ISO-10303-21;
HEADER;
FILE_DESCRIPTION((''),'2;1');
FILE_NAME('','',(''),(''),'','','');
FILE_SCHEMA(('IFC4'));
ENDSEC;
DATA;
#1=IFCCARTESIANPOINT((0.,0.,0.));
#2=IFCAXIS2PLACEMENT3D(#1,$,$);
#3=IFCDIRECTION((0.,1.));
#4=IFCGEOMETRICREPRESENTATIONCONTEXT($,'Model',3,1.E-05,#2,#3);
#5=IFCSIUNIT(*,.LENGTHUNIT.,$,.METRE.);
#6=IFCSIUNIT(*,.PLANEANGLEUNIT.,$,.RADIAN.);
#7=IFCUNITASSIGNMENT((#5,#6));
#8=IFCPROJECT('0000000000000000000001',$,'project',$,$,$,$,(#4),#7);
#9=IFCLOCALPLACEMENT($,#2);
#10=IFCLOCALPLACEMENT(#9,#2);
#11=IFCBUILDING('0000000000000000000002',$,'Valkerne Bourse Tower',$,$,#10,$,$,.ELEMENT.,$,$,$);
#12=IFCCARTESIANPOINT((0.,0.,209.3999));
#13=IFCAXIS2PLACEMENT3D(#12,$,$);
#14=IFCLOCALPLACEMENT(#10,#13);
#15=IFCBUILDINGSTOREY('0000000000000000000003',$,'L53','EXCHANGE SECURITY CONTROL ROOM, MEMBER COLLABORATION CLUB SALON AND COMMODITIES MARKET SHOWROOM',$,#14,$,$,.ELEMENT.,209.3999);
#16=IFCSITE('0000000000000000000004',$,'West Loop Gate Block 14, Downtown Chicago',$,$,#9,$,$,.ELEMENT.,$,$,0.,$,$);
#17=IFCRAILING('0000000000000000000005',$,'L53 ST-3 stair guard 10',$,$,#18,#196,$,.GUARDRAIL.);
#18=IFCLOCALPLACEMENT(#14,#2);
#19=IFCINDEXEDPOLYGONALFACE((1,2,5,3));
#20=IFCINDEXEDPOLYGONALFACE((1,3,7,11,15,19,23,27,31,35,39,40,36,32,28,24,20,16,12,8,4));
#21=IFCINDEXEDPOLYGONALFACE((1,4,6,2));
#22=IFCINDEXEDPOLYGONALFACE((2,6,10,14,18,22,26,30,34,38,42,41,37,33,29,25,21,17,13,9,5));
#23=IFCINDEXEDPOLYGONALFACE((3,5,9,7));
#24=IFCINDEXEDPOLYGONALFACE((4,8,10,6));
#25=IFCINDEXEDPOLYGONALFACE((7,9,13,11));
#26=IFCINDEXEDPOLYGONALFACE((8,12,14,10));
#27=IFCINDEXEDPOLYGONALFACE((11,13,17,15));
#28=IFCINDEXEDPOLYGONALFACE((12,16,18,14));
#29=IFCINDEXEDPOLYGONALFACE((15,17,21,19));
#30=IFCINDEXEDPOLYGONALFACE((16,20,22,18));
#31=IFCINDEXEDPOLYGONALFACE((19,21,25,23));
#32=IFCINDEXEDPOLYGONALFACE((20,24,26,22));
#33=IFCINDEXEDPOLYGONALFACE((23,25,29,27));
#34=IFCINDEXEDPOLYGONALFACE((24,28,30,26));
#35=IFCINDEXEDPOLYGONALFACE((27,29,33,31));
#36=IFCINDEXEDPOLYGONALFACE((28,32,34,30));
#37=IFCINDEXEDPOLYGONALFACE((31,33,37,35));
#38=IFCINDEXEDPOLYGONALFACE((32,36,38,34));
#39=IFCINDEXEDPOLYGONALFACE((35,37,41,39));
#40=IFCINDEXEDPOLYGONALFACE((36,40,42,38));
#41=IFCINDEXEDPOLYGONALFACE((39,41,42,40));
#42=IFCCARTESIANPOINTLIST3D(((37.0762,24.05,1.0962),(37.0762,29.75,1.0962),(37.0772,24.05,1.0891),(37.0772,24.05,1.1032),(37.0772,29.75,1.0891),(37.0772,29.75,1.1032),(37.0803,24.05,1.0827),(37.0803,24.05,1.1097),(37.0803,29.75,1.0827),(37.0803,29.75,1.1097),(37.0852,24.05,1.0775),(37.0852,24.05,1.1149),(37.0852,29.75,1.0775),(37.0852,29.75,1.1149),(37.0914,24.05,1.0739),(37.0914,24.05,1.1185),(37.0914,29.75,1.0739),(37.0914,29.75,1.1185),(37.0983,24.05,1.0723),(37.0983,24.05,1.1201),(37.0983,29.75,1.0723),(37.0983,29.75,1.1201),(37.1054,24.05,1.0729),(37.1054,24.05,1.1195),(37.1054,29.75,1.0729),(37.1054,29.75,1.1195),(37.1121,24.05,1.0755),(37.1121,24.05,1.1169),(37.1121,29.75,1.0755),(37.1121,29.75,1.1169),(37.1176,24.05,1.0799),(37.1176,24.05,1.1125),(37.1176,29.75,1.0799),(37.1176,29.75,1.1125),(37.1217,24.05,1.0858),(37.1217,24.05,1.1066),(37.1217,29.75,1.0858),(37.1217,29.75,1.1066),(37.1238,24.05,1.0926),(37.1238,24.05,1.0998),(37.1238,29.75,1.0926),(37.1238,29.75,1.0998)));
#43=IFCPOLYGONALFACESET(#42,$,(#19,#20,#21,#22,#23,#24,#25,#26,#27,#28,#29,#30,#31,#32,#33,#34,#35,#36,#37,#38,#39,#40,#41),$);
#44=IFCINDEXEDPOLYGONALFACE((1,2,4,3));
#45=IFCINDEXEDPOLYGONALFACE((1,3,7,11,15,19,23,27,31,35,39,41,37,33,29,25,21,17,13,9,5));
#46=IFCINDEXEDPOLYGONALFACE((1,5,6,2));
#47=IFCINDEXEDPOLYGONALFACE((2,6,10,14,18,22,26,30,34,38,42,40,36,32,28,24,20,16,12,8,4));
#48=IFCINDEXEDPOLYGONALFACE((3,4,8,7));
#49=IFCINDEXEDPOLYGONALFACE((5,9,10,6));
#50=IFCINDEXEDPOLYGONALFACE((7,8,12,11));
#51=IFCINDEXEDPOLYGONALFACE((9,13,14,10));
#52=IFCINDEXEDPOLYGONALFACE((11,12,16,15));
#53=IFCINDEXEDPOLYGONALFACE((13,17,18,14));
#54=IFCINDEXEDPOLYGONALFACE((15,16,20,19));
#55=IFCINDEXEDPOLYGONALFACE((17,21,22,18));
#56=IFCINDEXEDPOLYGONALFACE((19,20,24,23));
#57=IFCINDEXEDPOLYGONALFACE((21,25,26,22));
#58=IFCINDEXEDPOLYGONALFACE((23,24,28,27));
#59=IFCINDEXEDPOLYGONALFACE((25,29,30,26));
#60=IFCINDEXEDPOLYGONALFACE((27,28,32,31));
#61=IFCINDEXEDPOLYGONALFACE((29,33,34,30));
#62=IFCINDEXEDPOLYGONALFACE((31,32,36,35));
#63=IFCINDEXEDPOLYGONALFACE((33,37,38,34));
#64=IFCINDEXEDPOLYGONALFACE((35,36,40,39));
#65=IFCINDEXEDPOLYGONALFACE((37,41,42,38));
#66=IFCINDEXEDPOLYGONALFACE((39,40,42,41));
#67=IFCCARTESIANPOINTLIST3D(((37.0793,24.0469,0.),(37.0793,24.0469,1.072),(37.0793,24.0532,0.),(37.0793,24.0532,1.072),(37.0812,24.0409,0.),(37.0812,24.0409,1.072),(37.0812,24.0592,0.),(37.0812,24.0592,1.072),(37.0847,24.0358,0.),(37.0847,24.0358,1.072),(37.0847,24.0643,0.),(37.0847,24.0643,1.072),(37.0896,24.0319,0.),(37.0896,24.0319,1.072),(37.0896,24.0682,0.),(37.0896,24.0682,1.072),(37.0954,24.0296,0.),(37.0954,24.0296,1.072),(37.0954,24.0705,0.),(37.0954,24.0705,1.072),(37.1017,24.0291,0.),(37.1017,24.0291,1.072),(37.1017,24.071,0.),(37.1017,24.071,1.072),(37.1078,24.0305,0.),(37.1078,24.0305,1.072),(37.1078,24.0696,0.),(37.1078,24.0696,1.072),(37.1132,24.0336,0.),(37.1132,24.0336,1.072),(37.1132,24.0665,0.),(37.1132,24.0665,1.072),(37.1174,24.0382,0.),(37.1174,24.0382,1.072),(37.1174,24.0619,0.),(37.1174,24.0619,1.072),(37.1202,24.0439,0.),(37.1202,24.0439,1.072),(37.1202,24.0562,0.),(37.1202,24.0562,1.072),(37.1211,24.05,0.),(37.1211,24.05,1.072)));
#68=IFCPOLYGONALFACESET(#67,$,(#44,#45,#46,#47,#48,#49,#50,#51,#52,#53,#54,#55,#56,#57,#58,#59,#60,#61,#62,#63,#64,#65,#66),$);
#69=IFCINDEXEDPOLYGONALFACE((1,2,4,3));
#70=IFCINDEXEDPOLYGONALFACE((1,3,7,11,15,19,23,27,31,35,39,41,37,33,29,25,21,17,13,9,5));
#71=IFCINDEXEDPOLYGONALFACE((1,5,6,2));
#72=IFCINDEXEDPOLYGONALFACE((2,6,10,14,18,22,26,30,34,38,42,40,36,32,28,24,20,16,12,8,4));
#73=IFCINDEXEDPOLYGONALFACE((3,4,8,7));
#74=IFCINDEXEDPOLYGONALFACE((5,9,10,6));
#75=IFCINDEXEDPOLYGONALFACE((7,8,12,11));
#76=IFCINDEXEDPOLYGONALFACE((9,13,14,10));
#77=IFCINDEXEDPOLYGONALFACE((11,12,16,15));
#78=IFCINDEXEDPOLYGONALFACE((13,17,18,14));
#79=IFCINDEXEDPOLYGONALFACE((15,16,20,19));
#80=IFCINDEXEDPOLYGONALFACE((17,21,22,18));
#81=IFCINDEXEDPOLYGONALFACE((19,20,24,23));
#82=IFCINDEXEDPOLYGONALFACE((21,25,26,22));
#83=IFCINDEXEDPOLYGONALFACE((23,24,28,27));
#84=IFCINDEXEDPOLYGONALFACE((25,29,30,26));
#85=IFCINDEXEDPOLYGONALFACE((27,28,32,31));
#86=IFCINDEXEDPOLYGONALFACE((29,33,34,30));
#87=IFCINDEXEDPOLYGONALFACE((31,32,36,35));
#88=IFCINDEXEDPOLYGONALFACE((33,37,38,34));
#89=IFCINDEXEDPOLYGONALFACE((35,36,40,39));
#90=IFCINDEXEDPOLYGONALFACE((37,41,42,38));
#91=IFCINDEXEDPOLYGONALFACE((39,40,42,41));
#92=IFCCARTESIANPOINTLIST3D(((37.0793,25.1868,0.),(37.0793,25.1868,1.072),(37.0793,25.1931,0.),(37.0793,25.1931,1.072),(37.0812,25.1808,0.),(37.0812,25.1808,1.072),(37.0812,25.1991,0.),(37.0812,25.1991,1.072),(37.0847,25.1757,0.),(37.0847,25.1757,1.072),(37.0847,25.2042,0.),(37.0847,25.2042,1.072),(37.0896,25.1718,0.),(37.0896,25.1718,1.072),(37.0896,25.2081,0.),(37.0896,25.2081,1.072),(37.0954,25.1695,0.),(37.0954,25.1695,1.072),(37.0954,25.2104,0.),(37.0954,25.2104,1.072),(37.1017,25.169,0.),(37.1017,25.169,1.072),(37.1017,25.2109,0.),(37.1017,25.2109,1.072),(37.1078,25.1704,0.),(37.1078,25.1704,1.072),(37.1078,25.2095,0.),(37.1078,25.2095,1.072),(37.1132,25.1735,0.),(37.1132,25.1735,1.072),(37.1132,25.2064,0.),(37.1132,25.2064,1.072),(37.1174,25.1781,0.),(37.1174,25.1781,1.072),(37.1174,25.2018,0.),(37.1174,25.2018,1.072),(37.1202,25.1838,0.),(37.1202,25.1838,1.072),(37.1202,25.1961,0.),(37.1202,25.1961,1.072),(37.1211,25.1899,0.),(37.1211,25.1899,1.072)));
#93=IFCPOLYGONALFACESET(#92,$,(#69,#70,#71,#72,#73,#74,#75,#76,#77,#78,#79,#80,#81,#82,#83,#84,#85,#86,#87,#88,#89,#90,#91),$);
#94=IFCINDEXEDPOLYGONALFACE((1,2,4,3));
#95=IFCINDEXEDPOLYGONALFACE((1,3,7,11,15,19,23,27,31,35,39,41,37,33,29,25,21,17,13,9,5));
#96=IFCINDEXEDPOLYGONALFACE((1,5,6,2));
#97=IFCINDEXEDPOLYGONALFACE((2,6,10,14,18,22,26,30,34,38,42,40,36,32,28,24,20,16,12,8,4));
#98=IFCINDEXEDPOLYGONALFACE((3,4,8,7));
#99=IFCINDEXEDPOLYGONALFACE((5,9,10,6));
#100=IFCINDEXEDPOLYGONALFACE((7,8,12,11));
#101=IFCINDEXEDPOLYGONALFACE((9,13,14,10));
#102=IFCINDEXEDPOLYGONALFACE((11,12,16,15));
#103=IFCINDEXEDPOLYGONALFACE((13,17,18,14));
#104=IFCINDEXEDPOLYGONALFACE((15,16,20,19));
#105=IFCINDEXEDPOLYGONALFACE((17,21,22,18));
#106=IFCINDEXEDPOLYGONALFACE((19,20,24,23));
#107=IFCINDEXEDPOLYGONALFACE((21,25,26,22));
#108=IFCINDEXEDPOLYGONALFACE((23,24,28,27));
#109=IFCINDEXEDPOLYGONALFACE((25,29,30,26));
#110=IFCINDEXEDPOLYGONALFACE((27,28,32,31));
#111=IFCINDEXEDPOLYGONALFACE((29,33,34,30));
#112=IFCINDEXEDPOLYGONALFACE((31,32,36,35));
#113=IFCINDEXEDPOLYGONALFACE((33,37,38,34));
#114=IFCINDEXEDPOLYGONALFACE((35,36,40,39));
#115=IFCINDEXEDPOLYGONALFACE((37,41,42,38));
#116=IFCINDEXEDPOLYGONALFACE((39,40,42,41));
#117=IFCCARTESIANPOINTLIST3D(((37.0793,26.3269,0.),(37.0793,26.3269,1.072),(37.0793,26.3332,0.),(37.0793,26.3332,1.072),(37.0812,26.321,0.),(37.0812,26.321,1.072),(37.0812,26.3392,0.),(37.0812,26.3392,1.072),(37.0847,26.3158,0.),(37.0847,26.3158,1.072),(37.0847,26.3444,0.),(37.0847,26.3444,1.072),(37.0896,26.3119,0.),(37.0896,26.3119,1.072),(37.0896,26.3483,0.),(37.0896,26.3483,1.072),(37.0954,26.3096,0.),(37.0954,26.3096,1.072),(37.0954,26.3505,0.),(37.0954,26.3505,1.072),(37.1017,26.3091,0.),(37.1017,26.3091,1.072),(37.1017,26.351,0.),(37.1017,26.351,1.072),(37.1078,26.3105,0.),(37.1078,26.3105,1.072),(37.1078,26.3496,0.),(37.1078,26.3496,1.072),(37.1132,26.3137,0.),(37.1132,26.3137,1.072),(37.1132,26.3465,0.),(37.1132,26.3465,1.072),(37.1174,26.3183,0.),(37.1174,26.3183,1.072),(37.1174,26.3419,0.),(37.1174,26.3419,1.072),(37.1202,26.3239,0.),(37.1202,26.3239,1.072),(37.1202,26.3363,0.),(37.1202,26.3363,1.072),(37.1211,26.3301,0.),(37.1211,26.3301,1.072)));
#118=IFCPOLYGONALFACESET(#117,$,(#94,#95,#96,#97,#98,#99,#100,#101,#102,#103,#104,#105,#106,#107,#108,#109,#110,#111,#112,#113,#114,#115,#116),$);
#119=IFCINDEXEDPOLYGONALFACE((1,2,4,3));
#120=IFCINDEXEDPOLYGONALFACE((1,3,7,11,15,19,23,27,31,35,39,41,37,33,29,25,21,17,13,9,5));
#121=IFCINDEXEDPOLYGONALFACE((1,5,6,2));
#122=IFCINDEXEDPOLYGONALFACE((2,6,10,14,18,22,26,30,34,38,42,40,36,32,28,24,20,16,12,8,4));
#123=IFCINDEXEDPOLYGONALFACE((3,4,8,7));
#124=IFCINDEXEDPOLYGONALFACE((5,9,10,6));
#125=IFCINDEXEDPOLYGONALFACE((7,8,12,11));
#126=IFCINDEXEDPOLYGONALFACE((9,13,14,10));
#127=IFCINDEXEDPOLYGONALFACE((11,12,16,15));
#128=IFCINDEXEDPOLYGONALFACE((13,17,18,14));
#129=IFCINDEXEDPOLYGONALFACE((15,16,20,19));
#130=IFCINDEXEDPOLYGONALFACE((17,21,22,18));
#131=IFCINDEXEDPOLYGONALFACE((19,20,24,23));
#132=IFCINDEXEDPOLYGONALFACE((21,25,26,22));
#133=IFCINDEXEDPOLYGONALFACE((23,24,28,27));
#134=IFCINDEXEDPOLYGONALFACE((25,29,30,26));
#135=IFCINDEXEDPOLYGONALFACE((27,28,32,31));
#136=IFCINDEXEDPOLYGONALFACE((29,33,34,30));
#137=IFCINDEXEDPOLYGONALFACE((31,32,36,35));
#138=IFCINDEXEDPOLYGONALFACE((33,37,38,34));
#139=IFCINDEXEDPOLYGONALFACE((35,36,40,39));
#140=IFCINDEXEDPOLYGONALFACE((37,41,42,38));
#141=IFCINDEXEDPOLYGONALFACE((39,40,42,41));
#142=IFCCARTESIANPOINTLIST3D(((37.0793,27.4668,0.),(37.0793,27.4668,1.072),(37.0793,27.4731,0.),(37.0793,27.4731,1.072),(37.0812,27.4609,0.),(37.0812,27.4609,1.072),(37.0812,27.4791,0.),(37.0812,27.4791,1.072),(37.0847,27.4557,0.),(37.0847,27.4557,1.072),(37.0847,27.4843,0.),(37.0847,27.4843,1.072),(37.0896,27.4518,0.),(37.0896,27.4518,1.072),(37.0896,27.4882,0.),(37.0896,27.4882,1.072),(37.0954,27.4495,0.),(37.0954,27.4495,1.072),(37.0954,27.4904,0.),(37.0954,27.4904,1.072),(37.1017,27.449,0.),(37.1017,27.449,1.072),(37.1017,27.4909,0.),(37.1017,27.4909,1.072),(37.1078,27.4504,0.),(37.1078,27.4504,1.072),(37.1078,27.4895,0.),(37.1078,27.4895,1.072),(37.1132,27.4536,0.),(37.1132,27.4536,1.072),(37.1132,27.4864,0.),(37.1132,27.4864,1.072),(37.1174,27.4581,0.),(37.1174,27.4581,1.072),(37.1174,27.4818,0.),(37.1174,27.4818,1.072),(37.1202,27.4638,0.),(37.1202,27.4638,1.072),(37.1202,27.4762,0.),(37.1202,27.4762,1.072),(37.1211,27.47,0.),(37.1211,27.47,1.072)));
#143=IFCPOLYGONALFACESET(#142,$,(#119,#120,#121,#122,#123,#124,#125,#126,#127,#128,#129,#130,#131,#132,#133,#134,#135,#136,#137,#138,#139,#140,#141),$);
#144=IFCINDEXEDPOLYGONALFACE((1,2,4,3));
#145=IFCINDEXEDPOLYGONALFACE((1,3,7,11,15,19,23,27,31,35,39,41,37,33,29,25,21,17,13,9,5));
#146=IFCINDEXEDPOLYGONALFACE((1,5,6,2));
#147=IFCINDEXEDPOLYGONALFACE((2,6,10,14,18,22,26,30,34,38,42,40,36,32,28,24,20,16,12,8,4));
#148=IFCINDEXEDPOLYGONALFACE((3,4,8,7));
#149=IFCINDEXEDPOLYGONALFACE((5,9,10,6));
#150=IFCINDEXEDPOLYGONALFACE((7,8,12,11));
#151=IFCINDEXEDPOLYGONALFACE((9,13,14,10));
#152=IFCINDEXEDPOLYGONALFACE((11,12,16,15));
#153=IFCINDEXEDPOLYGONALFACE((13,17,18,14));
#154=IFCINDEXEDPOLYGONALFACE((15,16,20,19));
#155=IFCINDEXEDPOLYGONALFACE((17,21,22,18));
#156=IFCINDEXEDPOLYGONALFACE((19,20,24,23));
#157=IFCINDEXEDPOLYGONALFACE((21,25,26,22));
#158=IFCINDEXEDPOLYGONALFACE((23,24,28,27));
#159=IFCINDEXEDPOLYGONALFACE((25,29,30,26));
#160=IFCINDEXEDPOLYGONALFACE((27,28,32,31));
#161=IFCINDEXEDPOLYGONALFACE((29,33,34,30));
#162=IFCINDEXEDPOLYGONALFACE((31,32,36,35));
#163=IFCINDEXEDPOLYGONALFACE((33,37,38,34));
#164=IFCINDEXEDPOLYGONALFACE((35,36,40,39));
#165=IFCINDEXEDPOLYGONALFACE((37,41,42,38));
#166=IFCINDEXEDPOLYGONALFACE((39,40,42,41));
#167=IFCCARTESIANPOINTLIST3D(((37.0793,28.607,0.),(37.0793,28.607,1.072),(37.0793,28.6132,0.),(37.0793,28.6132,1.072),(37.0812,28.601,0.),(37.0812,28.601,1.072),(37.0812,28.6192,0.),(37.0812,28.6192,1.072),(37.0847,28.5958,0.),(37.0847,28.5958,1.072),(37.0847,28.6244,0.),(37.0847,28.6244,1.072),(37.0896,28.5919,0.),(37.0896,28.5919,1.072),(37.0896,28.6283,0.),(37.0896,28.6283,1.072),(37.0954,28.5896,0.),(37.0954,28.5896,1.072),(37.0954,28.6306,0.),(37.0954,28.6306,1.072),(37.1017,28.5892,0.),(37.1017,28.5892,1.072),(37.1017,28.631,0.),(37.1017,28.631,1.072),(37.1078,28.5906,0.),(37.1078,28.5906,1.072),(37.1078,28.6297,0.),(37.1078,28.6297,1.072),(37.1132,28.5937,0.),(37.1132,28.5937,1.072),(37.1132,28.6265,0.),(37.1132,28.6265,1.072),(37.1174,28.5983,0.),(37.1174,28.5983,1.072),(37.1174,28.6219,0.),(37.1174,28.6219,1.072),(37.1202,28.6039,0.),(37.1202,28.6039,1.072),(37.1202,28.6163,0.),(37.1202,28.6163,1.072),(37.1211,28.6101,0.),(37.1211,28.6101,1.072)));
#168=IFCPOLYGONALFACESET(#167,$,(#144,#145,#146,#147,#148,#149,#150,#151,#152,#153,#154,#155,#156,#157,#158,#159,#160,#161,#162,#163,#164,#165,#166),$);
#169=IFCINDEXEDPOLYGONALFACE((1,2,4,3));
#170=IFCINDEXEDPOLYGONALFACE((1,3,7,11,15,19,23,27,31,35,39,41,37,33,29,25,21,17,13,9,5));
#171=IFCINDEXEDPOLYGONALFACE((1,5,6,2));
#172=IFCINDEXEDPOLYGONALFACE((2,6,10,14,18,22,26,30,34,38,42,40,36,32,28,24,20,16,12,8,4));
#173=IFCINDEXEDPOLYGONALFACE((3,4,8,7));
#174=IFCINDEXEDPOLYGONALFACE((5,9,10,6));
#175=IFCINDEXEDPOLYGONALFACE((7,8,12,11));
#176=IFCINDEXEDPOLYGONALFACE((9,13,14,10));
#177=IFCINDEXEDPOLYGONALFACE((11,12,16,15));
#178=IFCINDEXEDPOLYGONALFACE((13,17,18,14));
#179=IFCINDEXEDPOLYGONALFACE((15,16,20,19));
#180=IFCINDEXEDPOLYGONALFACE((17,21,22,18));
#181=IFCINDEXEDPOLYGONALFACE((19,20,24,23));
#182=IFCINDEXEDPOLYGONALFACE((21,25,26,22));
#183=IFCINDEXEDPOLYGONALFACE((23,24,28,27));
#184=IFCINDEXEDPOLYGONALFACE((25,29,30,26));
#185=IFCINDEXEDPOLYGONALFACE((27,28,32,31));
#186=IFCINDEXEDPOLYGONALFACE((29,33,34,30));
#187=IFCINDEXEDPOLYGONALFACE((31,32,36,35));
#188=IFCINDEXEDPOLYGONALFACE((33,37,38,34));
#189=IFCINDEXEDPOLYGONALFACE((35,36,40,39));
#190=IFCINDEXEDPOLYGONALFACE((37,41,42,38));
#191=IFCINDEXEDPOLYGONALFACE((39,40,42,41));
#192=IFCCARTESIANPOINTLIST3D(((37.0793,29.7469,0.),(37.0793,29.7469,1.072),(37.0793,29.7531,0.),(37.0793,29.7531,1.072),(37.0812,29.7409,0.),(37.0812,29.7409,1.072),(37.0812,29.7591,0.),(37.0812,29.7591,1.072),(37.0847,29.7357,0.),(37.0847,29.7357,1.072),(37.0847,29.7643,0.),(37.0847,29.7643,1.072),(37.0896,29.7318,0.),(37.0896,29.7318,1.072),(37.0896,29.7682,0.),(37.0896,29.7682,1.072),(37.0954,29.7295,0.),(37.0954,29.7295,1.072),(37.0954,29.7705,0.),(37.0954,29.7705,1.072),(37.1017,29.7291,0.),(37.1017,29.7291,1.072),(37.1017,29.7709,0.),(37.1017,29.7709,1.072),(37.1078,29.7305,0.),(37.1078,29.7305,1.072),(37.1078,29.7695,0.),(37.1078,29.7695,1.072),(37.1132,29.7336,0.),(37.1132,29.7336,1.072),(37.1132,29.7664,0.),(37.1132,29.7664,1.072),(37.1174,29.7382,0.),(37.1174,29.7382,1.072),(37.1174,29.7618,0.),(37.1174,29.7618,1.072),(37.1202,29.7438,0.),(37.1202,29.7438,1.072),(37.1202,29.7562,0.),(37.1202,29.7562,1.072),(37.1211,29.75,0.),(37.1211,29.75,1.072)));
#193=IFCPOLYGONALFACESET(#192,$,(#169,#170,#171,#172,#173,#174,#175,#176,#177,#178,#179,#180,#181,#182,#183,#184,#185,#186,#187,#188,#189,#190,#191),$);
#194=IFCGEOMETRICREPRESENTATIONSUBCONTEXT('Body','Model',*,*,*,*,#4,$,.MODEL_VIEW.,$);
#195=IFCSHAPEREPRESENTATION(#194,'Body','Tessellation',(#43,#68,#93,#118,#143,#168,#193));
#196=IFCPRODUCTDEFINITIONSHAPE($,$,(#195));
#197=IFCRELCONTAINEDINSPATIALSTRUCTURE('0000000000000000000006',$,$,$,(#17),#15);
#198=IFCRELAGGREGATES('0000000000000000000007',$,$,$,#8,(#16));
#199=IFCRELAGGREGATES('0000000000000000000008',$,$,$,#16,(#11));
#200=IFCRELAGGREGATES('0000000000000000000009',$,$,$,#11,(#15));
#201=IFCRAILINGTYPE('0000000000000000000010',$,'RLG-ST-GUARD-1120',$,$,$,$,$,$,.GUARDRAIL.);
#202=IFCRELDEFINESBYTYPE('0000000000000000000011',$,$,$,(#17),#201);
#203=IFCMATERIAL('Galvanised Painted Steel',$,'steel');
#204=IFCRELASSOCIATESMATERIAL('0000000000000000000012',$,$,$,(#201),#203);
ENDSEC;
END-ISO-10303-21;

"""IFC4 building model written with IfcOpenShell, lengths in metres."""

from ifc_helpers import new_model, si_unit, direction, frame, origin, origin_2d, place, context, subcontext, project, spatial, circle, extrude, material, type_object, element, save


model = new_model("IFC4")

# Units and contexts
model_context = context("Model", 3, precision=1e-05, world=origin(), true_north=direction((0.0, 1.0)))
body_context = subcontext(model_context, "Body", "Model", "MODEL_VIEW")
ifc_project = project(units=[si_unit("LENGTHUNIT", "METRE"), si_unit("PLANEANGLEUNIT", "RADIAN")], contexts=[model_context])

# Site, building, storey
site_placement = place(None, origin())
site = spatial("IfcSite", under=ifc_project, at=site_placement, Name="West Loop Gate Block 14, Downtown Chicago", CompositionType="ELEMENT", RefElevation=0.0)
building_placement = place(site_placement, origin())
building = spatial("IfcBuilding", under=site, at=building_placement, Name="Valkerne Bourse Tower", CompositionType="ELEMENT")
storey_placement = place(building_placement, frame((0.0, 0.0, 209.3999)))
storey = spatial("IfcBuildingStorey", under=building, at=storey_placement, Name="L53", Description="EXCHANGE SECURITY CONTROL ROOM, MEMBER COLLABORATION CLUB SALON AND COMMODITIES MARKET SHOWROOM", CompositionType="ELEMENT", Elevation=209.3999)

# Railing
ifc_material_1 = material(Name="Galvanised Painted Steel", Category="steel")
railing_type_1 = type_object("IfcRailingType", Name="RLG-ST-GUARD-1120", PredefinedType="GUARDRAIL", material=ifc_material_1)
railing_1_placement = place(storey_placement, frame((37.1001, 24.05, 0.0)))
element("IfcRailing", 1, at=railing_1_placement, inside=storey, type_object=railing_type_1, Name="L53 ST-3 stair guard 10", PredefinedType="GUARDRAIL", context=body_context, shape_type="SweptSolid", body=[
    extrude(circle(Radius=0.0239, at=origin_2d()), frame((0.0, 0.0, 1.0962), z_axis=(0.0, 1.0, 0.0), x_axis=(-1.0, 0.0, 0.0)), (0.0, 0.0, 1.0), 5.7),
    extrude(circle(Radius=0.021, at=origin_2d()), origin(), (0.0, 0.0, 1.0), 1.072),
    extrude(circle(Radius=0.021, at=origin_2d()), frame((0.0, 1.1399, 0.0)), (0.0, 0.0, 1.0), 1.072),
    extrude(circle(Radius=0.021, at=origin_2d()), frame((0.0, 2.28, 0.0)), (0.0, 0.0, 1.0), 1.072),
    extrude(circle(Radius=0.021, at=origin_2d()), frame((0.0, 3.4199, 0.0)), (0.0, 0.0, 1.0), 1.072),
    extrude(circle(Radius=0.021, at=origin_2d()), frame((0.0, 4.5601, 0.0)), (0.0, 0.0, 1.0), 1.072),
    extrude(circle(Radius=0.021, at=origin_2d()), frame((0.0, 5.7, 0.0)), (0.0, 0.0, 1.0), 1.072),
])

save(model, "model.ifc")
